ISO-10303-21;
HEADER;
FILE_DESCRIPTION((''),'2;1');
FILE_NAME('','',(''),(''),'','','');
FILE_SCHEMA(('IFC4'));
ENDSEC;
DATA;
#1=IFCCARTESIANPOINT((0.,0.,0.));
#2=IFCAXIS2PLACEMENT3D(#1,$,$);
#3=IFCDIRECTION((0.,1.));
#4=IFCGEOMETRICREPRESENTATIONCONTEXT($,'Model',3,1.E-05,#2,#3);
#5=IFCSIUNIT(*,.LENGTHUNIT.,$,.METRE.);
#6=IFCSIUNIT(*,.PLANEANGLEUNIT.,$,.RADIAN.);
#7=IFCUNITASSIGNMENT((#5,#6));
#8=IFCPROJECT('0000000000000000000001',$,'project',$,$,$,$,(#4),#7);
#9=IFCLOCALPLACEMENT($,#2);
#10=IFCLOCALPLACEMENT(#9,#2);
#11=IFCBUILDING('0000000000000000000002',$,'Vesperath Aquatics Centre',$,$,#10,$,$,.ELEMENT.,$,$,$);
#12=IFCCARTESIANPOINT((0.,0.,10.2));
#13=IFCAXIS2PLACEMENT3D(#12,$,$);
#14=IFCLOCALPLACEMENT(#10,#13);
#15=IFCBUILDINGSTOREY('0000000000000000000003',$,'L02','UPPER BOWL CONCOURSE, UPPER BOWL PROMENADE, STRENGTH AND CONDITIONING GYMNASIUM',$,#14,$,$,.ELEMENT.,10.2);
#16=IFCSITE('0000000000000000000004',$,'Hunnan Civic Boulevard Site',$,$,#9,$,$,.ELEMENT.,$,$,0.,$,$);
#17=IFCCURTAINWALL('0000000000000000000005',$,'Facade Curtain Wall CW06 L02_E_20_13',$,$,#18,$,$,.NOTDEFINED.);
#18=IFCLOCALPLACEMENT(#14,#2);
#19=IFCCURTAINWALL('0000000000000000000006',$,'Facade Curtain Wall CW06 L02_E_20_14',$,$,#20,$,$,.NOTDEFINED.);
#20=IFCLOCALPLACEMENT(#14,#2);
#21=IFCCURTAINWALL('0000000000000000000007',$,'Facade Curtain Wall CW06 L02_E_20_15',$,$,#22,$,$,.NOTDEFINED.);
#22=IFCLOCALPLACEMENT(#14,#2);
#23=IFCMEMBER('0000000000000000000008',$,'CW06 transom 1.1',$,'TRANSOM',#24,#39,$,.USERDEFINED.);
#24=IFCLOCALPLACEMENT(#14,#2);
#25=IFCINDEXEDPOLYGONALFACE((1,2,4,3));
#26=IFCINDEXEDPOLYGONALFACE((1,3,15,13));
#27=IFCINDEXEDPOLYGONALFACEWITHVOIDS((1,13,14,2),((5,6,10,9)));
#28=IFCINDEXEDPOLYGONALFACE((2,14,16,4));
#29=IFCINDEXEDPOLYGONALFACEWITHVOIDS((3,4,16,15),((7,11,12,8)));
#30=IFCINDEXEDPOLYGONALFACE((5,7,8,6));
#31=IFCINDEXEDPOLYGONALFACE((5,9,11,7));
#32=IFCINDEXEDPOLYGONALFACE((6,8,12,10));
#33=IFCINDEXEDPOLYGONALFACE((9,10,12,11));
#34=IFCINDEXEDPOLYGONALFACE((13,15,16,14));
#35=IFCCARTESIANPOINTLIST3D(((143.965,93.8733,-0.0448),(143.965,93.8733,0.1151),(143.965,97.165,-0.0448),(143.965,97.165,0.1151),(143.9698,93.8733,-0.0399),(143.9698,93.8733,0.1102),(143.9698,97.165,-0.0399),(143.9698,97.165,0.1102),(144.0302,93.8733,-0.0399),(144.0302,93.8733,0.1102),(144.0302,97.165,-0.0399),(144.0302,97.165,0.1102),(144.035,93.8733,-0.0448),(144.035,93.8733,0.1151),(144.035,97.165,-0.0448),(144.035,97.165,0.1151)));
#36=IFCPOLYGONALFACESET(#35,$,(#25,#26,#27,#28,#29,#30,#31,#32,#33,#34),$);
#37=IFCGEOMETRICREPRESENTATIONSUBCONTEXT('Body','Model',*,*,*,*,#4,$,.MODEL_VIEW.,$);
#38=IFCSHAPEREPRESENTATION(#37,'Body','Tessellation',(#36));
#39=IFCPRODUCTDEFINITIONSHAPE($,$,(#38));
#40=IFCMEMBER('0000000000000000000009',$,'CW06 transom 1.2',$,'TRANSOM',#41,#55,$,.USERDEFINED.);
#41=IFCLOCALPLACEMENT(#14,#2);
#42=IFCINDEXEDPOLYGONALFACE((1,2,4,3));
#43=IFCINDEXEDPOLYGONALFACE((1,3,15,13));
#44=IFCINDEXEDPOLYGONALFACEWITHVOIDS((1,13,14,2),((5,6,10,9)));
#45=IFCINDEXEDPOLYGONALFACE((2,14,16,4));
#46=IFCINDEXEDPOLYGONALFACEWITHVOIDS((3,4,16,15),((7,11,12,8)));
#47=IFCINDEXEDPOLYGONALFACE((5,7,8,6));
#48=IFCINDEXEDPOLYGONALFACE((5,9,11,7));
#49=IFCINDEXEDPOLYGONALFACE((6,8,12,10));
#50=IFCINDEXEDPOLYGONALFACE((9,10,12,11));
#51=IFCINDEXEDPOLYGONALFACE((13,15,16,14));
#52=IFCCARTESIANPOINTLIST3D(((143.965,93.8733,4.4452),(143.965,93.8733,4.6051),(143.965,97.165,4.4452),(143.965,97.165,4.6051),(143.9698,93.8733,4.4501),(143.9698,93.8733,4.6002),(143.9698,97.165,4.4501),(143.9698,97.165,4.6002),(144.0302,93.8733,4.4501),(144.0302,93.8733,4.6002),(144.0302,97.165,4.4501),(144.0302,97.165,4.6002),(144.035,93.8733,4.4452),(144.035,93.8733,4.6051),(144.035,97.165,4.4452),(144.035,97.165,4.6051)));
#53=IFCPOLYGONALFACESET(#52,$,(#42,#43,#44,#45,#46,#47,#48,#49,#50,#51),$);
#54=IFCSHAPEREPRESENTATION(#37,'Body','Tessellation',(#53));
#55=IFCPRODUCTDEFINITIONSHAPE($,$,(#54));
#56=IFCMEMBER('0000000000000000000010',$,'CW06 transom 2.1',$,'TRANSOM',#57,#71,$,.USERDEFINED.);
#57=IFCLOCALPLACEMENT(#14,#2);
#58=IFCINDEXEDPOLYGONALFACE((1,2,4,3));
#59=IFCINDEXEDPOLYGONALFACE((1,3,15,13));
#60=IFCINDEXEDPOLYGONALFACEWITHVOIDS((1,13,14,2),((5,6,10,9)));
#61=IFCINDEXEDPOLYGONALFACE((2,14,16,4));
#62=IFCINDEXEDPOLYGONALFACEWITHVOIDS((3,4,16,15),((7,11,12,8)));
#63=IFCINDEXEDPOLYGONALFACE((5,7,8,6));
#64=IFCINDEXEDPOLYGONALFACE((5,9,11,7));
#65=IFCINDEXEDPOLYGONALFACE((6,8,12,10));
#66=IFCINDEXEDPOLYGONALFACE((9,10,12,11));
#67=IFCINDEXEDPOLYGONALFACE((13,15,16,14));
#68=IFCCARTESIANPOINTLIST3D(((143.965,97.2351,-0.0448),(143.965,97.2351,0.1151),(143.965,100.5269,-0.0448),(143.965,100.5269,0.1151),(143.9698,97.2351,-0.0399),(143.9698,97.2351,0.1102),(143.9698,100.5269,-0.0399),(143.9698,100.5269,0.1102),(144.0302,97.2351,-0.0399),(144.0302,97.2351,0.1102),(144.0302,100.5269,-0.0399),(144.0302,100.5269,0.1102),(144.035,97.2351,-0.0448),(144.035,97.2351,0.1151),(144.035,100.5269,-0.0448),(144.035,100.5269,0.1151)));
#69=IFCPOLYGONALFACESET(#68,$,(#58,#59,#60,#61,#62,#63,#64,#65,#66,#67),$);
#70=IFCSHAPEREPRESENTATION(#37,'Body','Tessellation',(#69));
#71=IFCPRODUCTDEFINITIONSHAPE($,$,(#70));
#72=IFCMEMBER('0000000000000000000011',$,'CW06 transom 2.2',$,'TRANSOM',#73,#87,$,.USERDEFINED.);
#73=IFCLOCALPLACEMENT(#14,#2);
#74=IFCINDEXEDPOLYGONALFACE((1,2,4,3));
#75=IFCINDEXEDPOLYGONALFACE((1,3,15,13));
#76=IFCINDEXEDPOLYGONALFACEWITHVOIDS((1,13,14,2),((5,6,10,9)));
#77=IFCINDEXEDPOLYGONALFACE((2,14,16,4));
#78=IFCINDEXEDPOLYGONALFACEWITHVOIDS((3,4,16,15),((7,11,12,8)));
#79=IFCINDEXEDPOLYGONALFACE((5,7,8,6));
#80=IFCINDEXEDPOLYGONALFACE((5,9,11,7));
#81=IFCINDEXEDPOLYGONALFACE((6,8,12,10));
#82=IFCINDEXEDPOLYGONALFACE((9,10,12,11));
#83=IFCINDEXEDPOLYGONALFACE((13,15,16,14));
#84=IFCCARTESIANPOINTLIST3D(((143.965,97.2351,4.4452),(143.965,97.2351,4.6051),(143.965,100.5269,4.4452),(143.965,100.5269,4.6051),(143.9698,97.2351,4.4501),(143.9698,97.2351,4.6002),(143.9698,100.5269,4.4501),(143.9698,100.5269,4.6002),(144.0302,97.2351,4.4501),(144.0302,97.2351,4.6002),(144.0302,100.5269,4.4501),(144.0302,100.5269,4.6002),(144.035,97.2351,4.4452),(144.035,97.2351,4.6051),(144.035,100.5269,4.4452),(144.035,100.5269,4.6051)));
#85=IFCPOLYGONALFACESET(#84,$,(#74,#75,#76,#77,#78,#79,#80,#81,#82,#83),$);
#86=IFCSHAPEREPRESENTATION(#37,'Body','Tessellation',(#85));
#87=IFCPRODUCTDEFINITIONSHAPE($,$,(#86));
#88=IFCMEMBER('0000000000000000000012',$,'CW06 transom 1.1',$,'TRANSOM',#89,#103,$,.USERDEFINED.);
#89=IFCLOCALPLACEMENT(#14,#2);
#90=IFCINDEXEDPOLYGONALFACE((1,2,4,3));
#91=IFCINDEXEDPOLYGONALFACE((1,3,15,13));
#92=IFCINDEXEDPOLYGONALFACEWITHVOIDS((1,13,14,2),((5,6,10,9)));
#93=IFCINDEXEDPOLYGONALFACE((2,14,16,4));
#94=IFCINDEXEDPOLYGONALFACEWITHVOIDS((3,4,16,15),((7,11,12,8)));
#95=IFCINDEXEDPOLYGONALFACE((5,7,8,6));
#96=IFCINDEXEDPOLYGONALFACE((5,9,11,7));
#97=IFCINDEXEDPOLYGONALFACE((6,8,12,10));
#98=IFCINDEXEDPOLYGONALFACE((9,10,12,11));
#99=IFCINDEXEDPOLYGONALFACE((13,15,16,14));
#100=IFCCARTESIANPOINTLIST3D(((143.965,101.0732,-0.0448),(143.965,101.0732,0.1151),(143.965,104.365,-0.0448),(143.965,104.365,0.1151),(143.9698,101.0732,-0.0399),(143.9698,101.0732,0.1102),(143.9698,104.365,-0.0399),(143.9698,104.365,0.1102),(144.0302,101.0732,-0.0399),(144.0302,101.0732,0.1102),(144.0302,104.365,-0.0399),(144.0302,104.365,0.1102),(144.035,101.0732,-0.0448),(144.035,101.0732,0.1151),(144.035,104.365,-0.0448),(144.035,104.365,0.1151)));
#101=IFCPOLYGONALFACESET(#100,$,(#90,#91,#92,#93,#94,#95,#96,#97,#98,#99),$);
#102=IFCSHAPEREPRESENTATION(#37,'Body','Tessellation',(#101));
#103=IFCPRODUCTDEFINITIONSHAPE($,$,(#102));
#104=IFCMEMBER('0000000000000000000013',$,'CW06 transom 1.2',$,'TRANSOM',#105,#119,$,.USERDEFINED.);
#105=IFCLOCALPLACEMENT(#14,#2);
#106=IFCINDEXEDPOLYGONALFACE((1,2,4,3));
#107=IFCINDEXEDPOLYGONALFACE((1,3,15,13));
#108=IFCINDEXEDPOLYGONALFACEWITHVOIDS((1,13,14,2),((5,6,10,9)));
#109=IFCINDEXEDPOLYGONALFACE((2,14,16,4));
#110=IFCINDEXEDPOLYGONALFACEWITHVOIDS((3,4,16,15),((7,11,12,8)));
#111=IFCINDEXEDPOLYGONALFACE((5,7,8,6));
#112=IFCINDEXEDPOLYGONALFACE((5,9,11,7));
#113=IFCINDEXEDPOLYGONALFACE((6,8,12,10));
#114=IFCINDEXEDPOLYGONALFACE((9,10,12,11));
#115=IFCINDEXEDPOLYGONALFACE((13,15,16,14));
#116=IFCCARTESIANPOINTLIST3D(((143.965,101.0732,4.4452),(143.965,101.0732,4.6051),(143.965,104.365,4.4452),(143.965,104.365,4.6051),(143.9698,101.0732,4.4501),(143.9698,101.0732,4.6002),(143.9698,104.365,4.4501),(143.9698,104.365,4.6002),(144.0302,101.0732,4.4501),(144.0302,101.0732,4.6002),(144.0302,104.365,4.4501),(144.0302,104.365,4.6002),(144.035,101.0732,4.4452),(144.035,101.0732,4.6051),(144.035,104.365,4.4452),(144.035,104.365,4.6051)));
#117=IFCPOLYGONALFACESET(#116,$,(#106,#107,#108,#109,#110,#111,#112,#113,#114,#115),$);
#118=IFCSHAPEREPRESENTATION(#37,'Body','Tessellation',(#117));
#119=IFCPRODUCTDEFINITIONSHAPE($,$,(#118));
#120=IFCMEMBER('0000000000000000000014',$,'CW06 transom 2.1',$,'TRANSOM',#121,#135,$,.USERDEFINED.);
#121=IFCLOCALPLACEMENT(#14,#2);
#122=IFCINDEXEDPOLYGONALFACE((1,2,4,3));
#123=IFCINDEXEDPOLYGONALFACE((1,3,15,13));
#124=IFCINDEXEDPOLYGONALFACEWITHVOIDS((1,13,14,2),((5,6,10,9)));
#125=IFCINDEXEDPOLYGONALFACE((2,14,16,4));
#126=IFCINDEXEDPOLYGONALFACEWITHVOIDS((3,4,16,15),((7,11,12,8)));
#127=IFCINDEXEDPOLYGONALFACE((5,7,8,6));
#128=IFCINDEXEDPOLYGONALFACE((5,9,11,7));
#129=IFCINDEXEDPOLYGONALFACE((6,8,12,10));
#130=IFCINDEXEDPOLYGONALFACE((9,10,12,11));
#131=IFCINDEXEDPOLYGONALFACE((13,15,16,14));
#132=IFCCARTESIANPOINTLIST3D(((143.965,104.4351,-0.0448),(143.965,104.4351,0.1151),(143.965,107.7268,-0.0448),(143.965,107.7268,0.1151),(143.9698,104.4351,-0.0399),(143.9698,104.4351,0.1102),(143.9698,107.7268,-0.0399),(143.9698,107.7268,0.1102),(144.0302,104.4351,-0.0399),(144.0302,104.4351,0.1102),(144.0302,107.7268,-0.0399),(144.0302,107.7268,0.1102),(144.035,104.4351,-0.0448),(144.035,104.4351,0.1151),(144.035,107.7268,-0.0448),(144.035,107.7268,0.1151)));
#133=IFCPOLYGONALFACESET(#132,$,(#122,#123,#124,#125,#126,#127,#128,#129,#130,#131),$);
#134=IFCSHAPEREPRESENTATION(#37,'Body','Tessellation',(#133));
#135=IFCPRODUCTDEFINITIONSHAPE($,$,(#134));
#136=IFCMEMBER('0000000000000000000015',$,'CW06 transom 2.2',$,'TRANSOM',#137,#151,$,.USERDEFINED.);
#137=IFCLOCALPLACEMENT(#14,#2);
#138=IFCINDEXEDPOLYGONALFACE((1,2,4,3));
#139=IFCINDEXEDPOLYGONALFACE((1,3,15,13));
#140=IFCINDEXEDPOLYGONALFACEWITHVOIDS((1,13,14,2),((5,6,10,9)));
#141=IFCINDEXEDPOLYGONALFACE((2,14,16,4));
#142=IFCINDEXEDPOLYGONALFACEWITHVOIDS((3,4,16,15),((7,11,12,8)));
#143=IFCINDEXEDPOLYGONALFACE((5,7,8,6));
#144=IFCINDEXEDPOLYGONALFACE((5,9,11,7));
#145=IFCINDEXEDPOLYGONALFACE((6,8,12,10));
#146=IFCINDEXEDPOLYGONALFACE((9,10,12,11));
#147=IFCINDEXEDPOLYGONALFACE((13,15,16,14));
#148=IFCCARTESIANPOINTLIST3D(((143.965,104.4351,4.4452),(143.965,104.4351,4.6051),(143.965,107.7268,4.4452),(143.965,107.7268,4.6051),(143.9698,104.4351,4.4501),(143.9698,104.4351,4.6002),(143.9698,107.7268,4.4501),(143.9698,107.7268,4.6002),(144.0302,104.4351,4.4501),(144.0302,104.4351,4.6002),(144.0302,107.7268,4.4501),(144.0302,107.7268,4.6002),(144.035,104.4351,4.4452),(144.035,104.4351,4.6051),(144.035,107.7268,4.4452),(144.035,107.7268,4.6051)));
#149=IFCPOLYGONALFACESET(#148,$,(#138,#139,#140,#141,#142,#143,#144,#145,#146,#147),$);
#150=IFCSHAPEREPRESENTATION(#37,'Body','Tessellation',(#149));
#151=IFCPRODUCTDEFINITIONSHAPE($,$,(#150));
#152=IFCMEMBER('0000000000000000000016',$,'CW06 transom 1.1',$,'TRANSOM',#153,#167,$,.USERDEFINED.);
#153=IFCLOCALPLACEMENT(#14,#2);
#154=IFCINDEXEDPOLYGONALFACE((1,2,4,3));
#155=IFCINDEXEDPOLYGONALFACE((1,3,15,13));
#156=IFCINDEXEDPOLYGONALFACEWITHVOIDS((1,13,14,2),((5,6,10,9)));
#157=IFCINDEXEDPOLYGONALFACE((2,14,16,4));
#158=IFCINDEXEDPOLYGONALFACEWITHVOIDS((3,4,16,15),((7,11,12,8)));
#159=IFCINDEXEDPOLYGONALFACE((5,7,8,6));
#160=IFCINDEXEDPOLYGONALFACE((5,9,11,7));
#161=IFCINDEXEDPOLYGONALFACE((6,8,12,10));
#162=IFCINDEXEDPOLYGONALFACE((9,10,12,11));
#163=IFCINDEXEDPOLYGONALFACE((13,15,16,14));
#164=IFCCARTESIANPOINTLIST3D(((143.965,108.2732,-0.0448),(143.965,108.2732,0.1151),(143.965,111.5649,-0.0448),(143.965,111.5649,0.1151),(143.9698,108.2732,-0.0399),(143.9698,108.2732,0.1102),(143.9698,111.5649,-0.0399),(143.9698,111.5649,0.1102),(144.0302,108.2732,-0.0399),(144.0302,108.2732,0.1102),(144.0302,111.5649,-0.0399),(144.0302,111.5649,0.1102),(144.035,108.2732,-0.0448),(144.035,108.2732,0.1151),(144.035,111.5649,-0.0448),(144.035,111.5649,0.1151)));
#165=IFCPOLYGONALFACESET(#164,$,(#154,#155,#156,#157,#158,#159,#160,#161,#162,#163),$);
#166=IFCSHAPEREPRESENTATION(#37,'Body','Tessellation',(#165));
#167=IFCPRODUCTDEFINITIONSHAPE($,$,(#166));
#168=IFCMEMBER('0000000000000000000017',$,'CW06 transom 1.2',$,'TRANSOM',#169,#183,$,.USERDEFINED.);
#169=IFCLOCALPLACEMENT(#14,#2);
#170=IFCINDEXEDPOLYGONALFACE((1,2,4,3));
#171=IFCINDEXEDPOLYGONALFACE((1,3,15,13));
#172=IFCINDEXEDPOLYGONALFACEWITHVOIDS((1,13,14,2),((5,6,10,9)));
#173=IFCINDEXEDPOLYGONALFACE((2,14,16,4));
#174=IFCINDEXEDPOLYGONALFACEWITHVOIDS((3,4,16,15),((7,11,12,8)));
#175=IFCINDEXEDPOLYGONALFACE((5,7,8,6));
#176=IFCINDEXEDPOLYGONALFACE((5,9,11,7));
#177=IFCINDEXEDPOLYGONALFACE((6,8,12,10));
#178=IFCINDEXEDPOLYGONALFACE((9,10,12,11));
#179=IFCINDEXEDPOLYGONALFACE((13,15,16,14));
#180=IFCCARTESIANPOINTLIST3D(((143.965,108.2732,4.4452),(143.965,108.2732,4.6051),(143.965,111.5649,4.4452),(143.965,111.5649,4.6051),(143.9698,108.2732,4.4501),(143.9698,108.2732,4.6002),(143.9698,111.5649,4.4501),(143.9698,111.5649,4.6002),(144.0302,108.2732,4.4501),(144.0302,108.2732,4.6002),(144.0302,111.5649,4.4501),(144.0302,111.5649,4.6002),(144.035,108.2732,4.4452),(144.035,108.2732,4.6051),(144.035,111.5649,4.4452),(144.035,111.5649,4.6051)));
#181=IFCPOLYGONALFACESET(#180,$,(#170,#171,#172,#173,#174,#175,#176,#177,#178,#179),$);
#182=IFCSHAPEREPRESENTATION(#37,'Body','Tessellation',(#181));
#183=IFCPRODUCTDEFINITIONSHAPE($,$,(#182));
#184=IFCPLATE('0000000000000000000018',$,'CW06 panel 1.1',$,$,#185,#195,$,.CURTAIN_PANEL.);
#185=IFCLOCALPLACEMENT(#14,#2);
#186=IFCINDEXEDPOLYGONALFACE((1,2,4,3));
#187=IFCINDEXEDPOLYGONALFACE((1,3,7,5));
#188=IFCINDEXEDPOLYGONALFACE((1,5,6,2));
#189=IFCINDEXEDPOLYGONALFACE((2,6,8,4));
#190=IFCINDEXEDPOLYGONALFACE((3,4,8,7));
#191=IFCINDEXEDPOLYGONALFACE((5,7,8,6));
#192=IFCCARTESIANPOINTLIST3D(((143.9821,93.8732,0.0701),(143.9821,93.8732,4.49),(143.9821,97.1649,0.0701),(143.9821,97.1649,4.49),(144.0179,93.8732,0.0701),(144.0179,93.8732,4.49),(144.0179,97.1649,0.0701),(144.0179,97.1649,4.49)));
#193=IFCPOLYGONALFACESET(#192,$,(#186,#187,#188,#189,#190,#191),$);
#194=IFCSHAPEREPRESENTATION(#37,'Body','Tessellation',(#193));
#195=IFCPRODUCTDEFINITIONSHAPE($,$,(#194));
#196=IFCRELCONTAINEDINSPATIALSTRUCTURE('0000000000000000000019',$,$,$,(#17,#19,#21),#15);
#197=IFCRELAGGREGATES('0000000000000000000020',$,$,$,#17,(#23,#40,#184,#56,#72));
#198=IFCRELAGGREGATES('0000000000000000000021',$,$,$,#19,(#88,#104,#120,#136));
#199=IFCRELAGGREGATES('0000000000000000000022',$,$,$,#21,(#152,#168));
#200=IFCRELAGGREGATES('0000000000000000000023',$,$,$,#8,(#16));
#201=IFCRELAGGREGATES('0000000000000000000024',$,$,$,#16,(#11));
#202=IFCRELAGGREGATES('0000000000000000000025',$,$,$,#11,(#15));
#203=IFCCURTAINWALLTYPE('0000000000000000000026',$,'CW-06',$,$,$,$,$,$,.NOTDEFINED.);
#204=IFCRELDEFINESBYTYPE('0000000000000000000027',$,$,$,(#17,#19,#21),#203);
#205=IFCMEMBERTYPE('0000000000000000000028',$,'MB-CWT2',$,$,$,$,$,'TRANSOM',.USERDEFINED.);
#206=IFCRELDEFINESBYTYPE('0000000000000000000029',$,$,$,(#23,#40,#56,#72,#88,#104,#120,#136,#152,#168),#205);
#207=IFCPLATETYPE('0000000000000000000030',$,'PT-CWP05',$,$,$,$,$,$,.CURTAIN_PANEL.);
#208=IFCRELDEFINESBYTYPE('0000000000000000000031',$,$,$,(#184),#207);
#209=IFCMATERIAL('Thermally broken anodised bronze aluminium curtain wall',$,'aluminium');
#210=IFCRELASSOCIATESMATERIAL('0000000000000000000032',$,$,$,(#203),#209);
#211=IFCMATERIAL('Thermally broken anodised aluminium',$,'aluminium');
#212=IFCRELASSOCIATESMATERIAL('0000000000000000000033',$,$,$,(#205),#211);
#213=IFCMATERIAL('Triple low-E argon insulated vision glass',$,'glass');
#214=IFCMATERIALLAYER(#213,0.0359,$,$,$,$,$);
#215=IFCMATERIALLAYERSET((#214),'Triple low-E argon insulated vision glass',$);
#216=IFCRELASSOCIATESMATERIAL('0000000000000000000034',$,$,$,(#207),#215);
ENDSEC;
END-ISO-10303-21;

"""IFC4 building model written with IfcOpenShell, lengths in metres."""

from ifc_helpers import new_model, si_unit, direction, frame, origin, origin_2d, place, context, subcontext, project, spatial, rectangle, hollow_rectangle, extrude, material, layer, layer_set, material_profile, profile_set, type_object, element, aggregate, save


model = new_model("IFC4")

# Units and contexts
model_context = context("Model", 3, precision=1e-05, world=origin(), true_north=direction((0.0, 1.0)))
body_context = subcontext(model_context, "Body", "Model", "MODEL_VIEW")
ifc_project = project(units=[si_unit("LENGTHUNIT", "METRE"), si_unit("PLANEANGLEUNIT", "RADIAN")], contexts=[model_context])

# Site, building, storey
site_placement = place(None, origin())
site = spatial("IfcSite", under=ifc_project, at=site_placement, Name="Hunnan Civic Boulevard Site", CompositionType="ELEMENT", RefElevation=0.0)
building_placement = place(site_placement, origin())
building = spatial("IfcBuilding", under=site, at=building_placement, Name="Vesperath Aquatics Centre", CompositionType="ELEMENT")
storey_placement = place(building_placement, frame((0.0, 0.0, 10.2)))
storey = spatial("IfcBuildingStorey", under=building, at=storey_placement, Name="L02", Description="UPPER BOWL CONCOURSE, UPPER BOWL PROMENADE, STRENGTH AND CONDITIONING GYMNASIUM", CompositionType="ELEMENT", Elevation=10.2)

# Curtain walls
ifc_material_1 = material(Name="Thermally broken anodised bronze aluminium curtain wall", Category="aluminium")
curtain_wall_type = type_object("IfcCurtainWallType", Name="CW-06", PredefinedType="NOTDEFINED", material=ifc_material_1)
curtain_wall_1_placement = place(storey_placement, origin())
curtain_wall_1 = element("IfcCurtainWall", 1, at=curtain_wall_1_placement, inside=storey, type_object=curtain_wall_type, Name="Facade Curtain Wall CW06 L02_E_20_13", PredefinedType="NOTDEFINED")
ifc_material_2 = material(Name="Thermally broken anodised aluminium", Category="aluminium")
curtain_wall_2_placement = place(storey_placement, origin())
curtain_wall_2 = element("IfcCurtainWall", 2, at=curtain_wall_2_placement, inside=storey, type_object=curtain_wall_type, Name="Facade Curtain Wall CW06 L02_E_20_14", PredefinedType="NOTDEFINED")
curtain_wall_3_placement = place(storey_placement, origin())
curtain_wall_3 = element("IfcCurtainWall", 3, at=curtain_wall_3_placement, inside=storey, type_object=curtain_wall_type, Name="Facade Curtain Wall CW06 L02_E_20_15", PredefinedType="NOTDEFINED")

# Members
ifc_material_profile_1 = material_profile(ifc_material_2, hollow_rectangle(XDim=0.0701, YDim=0.1599, WallThickness=0.0049, at=origin_2d()), Name="CWT 70x160x5")
ifc_profile_set_1 = profile_set([ifc_material_profile_1], Name="Thermally broken anodised aluminium")
member_type_1 = type_object("IfcMemberType", Name="MB-CWT2", ElementType="TRANSOM", PredefinedType="USERDEFINED", material=ifc_profile_set_1)
member_1_placement = place(storey_placement, frame((144.0, 93.8733, 0.0352), z_axis=(0.0, 1.0, 0.0), x_axis=(-1.0, 0.0, 0.0)))
member_1 = element("IfcMember", 4, at=member_1_placement, type_object=member_type_1, Name="CW06 transom 1.1", ObjectType="TRANSOM", PredefinedType="USERDEFINED", context=body_context, shape_type="SweptSolid", body=[
    extrude(hollow_rectangle(XDim=0.0701, YDim=0.1599, WallThickness=0.0049, at=origin_2d()), origin(), (0.0, 0.0, 1.0), 3.2917),
])
member_2_placement = place(storey_placement, frame((144.0, 93.8733, 4.5251), z_axis=(0.0, 1.0, 0.0), x_axis=(-1.0, 0.0, 0.0)))
member_2 = element("IfcMember", 5, at=member_2_placement, type_object=member_type_1, Name="CW06 transom 1.2", ObjectType="TRANSOM", PredefinedType="USERDEFINED", context=body_context, shape_type="SweptSolid", body=[
    extrude(hollow_rectangle(XDim=0.0701, YDim=0.1599, WallThickness=0.0049, at=origin_2d()), origin(), (0.0, 0.0, 1.0), 3.2917),
])
member_3_placement = place(storey_placement, frame((144.0, 97.2351, 0.0352), z_axis=(0.0, 1.0, 0.0), x_axis=(-1.0, 0.0, 0.0)))
member_3 = element("IfcMember", 6, at=member_3_placement, type_object=member_type_1, Name="CW06 transom 2.1", ObjectType="TRANSOM", PredefinedType="USERDEFINED", context=body_context, shape_type="SweptSolid", body=[
    extrude(hollow_rectangle(XDim=0.0701, YDim=0.1599, WallThickness=0.0049, at=origin_2d()), origin(), (0.0, 0.0, 1.0), 3.2917),
])
member_4_placement = place(storey_placement, frame((144.0, 97.2351, 4.5251), z_axis=(0.0, 1.0, 0.0), x_axis=(-1.0, 0.0, 0.0)))
member_4 = element("IfcMember", 7, at=member_4_placement, type_object=member_type_1, Name="CW06 transom 2.2", ObjectType="TRANSOM", PredefinedType="USERDEFINED", context=body_context, shape_type="SweptSolid", body=[
    extrude(hollow_rectangle(XDim=0.0701, YDim=0.1599, WallThickness=0.0049, at=origin_2d()), origin(), (0.0, 0.0, 1.0), 3.2917),
])
member_5_placement = place(storey_placement, frame((144.0, 101.0732, 0.0352), z_axis=(0.0, 1.0, 0.0), x_axis=(-1.0, 0.0, 0.0)))
member_5 = element("IfcMember", 8, at=member_5_placement, type_object=member_type_1, Name="CW06 transom 1.1", ObjectType="TRANSOM", PredefinedType="USERDEFINED", context=body_context, shape_type="SweptSolid", body=[
    extrude(hollow_rectangle(XDim=0.0701, YDim=0.1599, WallThickness=0.0049, at=origin_2d()), origin(), (0.0, 0.0, 1.0), 3.2917),
])
member_6_placement = place(storey_placement, frame((144.0, 101.0732, 4.5251), z_axis=(0.0, 1.0, 0.0), x_axis=(-1.0, 0.0, 0.0)))
member_6 = element("IfcMember", 9, at=member_6_placement, type_object=member_type_1, Name="CW06 transom 1.2", ObjectType="TRANSOM", PredefinedType="USERDEFINED", context=body_context, shape_type="SweptSolid", body=[
    extrude(hollow_rectangle(XDim=0.0701, YDim=0.1599, WallThickness=0.0049, at=origin_2d()), origin(), (0.0, 0.0, 1.0), 3.2917),
])
member_7_placement = place(storey_placement, frame((144.0, 104.4351, 0.0352), z_axis=(0.0, 1.0, 0.0), x_axis=(-1.0, 0.0, 0.0)))
member_7 = element("IfcMember", 10, at=member_7_placement, type_object=member_type_1, Name="CW06 transom 2.1", ObjectType="TRANSOM", PredefinedType="USERDEFINED", context=body_context, shape_type="SweptSolid", body=[
    extrude(hollow_rectangle(XDim=0.0701, YDim=0.1599, WallThickness=0.0049, at=origin_2d()), origin(), (0.0, 0.0, 1.0), 3.2917),
])
member_8_placement = place(storey_placement, frame((144.0, 104.4351, 4.5251), z_axis=(0.0, 1.0, 0.0), x_axis=(-1.0, 0.0, 0.0)))
member_8 = element("IfcMember", 11, at=member_8_placement, type_object=member_type_1, Name="CW06 transom 2.2", ObjectType="TRANSOM", PredefinedType="USERDEFINED", context=body_context, shape_type="SweptSolid", body=[
    extrude(hollow_rectangle(XDim=0.0701, YDim=0.1599, WallThickness=0.0049, at=origin_2d()), origin(), (0.0, 0.0, 1.0), 3.2917),
])
member_9_placement = place(storey_placement, frame((144.0, 108.2732, 0.0352), z_axis=(0.0, 1.0, 0.0), x_axis=(-1.0, 0.0, 0.0)))
member_9 = element("IfcMember", 12, at=member_9_placement, type_object=member_type_1, Name="CW06 transom 1.1", ObjectType="TRANSOM", PredefinedType="USERDEFINED", context=body_context, shape_type="SweptSolid", body=[
    extrude(hollow_rectangle(XDim=0.0701, YDim=0.1599, WallThickness=0.0049, at=origin_2d()), origin(), (0.0, 0.0, 1.0), 3.2917),
])
member_10_placement = place(storey_placement, frame((144.0, 108.2732, 4.5251), z_axis=(0.0, 1.0, 0.0), x_axis=(-1.0, 0.0, 0.0)))
member_10 = element("IfcMember", 13, at=member_10_placement, type_object=member_type_1, Name="CW06 transom 1.2", ObjectType="TRANSOM", PredefinedType="USERDEFINED", context=body_context, shape_type="SweptSolid", body=[
    extrude(hollow_rectangle(XDim=0.0701, YDim=0.1599, WallThickness=0.0049, at=origin_2d()), origin(), (0.0, 0.0, 1.0), 3.2917),
])

# Plate
ifc_material_3 = material(Name="Triple low-E argon insulated vision glass", Category="glass")
ifc_layer_1 = layer(ifc_material_3, 0.0359)
ifc_layer_set_1 = layer_set([ifc_layer_1], Name="Triple low-E argon insulated vision glass")
plate_type_1 = type_object("IfcPlateType", Name="PT-CWP05", PredefinedType="CURTAIN_PANEL", material=ifc_layer_set_1)
plate_1_placement = place(storey_placement, frame((144.0, 95.519, 0.0701), z_axis=(0.0, 0.0, 1.0), x_axis=(0.0, 1.0, 0.0)))
plate_1 = element("IfcPlate", 14, at=plate_1_placement, type_object=plate_type_1, Name="CW06 panel 1.1", PredefinedType="CURTAIN_PANEL", context=body_context, shape_type="SweptSolid", body=[
    extrude(rectangle(XDim=3.2917, YDim=0.0359, at=origin_2d()), origin(), (0.0, 0.0, 1.0), 4.4199),
])
aggregate(curtain_wall_1, [member_1, member_2, plate_1, member_3, member_4])
aggregate(curtain_wall_2, [member_5, member_6, member_7, member_8])
aggregate(curtain_wall_3, [member_9, member_10])

save(model, "model.ifc")
